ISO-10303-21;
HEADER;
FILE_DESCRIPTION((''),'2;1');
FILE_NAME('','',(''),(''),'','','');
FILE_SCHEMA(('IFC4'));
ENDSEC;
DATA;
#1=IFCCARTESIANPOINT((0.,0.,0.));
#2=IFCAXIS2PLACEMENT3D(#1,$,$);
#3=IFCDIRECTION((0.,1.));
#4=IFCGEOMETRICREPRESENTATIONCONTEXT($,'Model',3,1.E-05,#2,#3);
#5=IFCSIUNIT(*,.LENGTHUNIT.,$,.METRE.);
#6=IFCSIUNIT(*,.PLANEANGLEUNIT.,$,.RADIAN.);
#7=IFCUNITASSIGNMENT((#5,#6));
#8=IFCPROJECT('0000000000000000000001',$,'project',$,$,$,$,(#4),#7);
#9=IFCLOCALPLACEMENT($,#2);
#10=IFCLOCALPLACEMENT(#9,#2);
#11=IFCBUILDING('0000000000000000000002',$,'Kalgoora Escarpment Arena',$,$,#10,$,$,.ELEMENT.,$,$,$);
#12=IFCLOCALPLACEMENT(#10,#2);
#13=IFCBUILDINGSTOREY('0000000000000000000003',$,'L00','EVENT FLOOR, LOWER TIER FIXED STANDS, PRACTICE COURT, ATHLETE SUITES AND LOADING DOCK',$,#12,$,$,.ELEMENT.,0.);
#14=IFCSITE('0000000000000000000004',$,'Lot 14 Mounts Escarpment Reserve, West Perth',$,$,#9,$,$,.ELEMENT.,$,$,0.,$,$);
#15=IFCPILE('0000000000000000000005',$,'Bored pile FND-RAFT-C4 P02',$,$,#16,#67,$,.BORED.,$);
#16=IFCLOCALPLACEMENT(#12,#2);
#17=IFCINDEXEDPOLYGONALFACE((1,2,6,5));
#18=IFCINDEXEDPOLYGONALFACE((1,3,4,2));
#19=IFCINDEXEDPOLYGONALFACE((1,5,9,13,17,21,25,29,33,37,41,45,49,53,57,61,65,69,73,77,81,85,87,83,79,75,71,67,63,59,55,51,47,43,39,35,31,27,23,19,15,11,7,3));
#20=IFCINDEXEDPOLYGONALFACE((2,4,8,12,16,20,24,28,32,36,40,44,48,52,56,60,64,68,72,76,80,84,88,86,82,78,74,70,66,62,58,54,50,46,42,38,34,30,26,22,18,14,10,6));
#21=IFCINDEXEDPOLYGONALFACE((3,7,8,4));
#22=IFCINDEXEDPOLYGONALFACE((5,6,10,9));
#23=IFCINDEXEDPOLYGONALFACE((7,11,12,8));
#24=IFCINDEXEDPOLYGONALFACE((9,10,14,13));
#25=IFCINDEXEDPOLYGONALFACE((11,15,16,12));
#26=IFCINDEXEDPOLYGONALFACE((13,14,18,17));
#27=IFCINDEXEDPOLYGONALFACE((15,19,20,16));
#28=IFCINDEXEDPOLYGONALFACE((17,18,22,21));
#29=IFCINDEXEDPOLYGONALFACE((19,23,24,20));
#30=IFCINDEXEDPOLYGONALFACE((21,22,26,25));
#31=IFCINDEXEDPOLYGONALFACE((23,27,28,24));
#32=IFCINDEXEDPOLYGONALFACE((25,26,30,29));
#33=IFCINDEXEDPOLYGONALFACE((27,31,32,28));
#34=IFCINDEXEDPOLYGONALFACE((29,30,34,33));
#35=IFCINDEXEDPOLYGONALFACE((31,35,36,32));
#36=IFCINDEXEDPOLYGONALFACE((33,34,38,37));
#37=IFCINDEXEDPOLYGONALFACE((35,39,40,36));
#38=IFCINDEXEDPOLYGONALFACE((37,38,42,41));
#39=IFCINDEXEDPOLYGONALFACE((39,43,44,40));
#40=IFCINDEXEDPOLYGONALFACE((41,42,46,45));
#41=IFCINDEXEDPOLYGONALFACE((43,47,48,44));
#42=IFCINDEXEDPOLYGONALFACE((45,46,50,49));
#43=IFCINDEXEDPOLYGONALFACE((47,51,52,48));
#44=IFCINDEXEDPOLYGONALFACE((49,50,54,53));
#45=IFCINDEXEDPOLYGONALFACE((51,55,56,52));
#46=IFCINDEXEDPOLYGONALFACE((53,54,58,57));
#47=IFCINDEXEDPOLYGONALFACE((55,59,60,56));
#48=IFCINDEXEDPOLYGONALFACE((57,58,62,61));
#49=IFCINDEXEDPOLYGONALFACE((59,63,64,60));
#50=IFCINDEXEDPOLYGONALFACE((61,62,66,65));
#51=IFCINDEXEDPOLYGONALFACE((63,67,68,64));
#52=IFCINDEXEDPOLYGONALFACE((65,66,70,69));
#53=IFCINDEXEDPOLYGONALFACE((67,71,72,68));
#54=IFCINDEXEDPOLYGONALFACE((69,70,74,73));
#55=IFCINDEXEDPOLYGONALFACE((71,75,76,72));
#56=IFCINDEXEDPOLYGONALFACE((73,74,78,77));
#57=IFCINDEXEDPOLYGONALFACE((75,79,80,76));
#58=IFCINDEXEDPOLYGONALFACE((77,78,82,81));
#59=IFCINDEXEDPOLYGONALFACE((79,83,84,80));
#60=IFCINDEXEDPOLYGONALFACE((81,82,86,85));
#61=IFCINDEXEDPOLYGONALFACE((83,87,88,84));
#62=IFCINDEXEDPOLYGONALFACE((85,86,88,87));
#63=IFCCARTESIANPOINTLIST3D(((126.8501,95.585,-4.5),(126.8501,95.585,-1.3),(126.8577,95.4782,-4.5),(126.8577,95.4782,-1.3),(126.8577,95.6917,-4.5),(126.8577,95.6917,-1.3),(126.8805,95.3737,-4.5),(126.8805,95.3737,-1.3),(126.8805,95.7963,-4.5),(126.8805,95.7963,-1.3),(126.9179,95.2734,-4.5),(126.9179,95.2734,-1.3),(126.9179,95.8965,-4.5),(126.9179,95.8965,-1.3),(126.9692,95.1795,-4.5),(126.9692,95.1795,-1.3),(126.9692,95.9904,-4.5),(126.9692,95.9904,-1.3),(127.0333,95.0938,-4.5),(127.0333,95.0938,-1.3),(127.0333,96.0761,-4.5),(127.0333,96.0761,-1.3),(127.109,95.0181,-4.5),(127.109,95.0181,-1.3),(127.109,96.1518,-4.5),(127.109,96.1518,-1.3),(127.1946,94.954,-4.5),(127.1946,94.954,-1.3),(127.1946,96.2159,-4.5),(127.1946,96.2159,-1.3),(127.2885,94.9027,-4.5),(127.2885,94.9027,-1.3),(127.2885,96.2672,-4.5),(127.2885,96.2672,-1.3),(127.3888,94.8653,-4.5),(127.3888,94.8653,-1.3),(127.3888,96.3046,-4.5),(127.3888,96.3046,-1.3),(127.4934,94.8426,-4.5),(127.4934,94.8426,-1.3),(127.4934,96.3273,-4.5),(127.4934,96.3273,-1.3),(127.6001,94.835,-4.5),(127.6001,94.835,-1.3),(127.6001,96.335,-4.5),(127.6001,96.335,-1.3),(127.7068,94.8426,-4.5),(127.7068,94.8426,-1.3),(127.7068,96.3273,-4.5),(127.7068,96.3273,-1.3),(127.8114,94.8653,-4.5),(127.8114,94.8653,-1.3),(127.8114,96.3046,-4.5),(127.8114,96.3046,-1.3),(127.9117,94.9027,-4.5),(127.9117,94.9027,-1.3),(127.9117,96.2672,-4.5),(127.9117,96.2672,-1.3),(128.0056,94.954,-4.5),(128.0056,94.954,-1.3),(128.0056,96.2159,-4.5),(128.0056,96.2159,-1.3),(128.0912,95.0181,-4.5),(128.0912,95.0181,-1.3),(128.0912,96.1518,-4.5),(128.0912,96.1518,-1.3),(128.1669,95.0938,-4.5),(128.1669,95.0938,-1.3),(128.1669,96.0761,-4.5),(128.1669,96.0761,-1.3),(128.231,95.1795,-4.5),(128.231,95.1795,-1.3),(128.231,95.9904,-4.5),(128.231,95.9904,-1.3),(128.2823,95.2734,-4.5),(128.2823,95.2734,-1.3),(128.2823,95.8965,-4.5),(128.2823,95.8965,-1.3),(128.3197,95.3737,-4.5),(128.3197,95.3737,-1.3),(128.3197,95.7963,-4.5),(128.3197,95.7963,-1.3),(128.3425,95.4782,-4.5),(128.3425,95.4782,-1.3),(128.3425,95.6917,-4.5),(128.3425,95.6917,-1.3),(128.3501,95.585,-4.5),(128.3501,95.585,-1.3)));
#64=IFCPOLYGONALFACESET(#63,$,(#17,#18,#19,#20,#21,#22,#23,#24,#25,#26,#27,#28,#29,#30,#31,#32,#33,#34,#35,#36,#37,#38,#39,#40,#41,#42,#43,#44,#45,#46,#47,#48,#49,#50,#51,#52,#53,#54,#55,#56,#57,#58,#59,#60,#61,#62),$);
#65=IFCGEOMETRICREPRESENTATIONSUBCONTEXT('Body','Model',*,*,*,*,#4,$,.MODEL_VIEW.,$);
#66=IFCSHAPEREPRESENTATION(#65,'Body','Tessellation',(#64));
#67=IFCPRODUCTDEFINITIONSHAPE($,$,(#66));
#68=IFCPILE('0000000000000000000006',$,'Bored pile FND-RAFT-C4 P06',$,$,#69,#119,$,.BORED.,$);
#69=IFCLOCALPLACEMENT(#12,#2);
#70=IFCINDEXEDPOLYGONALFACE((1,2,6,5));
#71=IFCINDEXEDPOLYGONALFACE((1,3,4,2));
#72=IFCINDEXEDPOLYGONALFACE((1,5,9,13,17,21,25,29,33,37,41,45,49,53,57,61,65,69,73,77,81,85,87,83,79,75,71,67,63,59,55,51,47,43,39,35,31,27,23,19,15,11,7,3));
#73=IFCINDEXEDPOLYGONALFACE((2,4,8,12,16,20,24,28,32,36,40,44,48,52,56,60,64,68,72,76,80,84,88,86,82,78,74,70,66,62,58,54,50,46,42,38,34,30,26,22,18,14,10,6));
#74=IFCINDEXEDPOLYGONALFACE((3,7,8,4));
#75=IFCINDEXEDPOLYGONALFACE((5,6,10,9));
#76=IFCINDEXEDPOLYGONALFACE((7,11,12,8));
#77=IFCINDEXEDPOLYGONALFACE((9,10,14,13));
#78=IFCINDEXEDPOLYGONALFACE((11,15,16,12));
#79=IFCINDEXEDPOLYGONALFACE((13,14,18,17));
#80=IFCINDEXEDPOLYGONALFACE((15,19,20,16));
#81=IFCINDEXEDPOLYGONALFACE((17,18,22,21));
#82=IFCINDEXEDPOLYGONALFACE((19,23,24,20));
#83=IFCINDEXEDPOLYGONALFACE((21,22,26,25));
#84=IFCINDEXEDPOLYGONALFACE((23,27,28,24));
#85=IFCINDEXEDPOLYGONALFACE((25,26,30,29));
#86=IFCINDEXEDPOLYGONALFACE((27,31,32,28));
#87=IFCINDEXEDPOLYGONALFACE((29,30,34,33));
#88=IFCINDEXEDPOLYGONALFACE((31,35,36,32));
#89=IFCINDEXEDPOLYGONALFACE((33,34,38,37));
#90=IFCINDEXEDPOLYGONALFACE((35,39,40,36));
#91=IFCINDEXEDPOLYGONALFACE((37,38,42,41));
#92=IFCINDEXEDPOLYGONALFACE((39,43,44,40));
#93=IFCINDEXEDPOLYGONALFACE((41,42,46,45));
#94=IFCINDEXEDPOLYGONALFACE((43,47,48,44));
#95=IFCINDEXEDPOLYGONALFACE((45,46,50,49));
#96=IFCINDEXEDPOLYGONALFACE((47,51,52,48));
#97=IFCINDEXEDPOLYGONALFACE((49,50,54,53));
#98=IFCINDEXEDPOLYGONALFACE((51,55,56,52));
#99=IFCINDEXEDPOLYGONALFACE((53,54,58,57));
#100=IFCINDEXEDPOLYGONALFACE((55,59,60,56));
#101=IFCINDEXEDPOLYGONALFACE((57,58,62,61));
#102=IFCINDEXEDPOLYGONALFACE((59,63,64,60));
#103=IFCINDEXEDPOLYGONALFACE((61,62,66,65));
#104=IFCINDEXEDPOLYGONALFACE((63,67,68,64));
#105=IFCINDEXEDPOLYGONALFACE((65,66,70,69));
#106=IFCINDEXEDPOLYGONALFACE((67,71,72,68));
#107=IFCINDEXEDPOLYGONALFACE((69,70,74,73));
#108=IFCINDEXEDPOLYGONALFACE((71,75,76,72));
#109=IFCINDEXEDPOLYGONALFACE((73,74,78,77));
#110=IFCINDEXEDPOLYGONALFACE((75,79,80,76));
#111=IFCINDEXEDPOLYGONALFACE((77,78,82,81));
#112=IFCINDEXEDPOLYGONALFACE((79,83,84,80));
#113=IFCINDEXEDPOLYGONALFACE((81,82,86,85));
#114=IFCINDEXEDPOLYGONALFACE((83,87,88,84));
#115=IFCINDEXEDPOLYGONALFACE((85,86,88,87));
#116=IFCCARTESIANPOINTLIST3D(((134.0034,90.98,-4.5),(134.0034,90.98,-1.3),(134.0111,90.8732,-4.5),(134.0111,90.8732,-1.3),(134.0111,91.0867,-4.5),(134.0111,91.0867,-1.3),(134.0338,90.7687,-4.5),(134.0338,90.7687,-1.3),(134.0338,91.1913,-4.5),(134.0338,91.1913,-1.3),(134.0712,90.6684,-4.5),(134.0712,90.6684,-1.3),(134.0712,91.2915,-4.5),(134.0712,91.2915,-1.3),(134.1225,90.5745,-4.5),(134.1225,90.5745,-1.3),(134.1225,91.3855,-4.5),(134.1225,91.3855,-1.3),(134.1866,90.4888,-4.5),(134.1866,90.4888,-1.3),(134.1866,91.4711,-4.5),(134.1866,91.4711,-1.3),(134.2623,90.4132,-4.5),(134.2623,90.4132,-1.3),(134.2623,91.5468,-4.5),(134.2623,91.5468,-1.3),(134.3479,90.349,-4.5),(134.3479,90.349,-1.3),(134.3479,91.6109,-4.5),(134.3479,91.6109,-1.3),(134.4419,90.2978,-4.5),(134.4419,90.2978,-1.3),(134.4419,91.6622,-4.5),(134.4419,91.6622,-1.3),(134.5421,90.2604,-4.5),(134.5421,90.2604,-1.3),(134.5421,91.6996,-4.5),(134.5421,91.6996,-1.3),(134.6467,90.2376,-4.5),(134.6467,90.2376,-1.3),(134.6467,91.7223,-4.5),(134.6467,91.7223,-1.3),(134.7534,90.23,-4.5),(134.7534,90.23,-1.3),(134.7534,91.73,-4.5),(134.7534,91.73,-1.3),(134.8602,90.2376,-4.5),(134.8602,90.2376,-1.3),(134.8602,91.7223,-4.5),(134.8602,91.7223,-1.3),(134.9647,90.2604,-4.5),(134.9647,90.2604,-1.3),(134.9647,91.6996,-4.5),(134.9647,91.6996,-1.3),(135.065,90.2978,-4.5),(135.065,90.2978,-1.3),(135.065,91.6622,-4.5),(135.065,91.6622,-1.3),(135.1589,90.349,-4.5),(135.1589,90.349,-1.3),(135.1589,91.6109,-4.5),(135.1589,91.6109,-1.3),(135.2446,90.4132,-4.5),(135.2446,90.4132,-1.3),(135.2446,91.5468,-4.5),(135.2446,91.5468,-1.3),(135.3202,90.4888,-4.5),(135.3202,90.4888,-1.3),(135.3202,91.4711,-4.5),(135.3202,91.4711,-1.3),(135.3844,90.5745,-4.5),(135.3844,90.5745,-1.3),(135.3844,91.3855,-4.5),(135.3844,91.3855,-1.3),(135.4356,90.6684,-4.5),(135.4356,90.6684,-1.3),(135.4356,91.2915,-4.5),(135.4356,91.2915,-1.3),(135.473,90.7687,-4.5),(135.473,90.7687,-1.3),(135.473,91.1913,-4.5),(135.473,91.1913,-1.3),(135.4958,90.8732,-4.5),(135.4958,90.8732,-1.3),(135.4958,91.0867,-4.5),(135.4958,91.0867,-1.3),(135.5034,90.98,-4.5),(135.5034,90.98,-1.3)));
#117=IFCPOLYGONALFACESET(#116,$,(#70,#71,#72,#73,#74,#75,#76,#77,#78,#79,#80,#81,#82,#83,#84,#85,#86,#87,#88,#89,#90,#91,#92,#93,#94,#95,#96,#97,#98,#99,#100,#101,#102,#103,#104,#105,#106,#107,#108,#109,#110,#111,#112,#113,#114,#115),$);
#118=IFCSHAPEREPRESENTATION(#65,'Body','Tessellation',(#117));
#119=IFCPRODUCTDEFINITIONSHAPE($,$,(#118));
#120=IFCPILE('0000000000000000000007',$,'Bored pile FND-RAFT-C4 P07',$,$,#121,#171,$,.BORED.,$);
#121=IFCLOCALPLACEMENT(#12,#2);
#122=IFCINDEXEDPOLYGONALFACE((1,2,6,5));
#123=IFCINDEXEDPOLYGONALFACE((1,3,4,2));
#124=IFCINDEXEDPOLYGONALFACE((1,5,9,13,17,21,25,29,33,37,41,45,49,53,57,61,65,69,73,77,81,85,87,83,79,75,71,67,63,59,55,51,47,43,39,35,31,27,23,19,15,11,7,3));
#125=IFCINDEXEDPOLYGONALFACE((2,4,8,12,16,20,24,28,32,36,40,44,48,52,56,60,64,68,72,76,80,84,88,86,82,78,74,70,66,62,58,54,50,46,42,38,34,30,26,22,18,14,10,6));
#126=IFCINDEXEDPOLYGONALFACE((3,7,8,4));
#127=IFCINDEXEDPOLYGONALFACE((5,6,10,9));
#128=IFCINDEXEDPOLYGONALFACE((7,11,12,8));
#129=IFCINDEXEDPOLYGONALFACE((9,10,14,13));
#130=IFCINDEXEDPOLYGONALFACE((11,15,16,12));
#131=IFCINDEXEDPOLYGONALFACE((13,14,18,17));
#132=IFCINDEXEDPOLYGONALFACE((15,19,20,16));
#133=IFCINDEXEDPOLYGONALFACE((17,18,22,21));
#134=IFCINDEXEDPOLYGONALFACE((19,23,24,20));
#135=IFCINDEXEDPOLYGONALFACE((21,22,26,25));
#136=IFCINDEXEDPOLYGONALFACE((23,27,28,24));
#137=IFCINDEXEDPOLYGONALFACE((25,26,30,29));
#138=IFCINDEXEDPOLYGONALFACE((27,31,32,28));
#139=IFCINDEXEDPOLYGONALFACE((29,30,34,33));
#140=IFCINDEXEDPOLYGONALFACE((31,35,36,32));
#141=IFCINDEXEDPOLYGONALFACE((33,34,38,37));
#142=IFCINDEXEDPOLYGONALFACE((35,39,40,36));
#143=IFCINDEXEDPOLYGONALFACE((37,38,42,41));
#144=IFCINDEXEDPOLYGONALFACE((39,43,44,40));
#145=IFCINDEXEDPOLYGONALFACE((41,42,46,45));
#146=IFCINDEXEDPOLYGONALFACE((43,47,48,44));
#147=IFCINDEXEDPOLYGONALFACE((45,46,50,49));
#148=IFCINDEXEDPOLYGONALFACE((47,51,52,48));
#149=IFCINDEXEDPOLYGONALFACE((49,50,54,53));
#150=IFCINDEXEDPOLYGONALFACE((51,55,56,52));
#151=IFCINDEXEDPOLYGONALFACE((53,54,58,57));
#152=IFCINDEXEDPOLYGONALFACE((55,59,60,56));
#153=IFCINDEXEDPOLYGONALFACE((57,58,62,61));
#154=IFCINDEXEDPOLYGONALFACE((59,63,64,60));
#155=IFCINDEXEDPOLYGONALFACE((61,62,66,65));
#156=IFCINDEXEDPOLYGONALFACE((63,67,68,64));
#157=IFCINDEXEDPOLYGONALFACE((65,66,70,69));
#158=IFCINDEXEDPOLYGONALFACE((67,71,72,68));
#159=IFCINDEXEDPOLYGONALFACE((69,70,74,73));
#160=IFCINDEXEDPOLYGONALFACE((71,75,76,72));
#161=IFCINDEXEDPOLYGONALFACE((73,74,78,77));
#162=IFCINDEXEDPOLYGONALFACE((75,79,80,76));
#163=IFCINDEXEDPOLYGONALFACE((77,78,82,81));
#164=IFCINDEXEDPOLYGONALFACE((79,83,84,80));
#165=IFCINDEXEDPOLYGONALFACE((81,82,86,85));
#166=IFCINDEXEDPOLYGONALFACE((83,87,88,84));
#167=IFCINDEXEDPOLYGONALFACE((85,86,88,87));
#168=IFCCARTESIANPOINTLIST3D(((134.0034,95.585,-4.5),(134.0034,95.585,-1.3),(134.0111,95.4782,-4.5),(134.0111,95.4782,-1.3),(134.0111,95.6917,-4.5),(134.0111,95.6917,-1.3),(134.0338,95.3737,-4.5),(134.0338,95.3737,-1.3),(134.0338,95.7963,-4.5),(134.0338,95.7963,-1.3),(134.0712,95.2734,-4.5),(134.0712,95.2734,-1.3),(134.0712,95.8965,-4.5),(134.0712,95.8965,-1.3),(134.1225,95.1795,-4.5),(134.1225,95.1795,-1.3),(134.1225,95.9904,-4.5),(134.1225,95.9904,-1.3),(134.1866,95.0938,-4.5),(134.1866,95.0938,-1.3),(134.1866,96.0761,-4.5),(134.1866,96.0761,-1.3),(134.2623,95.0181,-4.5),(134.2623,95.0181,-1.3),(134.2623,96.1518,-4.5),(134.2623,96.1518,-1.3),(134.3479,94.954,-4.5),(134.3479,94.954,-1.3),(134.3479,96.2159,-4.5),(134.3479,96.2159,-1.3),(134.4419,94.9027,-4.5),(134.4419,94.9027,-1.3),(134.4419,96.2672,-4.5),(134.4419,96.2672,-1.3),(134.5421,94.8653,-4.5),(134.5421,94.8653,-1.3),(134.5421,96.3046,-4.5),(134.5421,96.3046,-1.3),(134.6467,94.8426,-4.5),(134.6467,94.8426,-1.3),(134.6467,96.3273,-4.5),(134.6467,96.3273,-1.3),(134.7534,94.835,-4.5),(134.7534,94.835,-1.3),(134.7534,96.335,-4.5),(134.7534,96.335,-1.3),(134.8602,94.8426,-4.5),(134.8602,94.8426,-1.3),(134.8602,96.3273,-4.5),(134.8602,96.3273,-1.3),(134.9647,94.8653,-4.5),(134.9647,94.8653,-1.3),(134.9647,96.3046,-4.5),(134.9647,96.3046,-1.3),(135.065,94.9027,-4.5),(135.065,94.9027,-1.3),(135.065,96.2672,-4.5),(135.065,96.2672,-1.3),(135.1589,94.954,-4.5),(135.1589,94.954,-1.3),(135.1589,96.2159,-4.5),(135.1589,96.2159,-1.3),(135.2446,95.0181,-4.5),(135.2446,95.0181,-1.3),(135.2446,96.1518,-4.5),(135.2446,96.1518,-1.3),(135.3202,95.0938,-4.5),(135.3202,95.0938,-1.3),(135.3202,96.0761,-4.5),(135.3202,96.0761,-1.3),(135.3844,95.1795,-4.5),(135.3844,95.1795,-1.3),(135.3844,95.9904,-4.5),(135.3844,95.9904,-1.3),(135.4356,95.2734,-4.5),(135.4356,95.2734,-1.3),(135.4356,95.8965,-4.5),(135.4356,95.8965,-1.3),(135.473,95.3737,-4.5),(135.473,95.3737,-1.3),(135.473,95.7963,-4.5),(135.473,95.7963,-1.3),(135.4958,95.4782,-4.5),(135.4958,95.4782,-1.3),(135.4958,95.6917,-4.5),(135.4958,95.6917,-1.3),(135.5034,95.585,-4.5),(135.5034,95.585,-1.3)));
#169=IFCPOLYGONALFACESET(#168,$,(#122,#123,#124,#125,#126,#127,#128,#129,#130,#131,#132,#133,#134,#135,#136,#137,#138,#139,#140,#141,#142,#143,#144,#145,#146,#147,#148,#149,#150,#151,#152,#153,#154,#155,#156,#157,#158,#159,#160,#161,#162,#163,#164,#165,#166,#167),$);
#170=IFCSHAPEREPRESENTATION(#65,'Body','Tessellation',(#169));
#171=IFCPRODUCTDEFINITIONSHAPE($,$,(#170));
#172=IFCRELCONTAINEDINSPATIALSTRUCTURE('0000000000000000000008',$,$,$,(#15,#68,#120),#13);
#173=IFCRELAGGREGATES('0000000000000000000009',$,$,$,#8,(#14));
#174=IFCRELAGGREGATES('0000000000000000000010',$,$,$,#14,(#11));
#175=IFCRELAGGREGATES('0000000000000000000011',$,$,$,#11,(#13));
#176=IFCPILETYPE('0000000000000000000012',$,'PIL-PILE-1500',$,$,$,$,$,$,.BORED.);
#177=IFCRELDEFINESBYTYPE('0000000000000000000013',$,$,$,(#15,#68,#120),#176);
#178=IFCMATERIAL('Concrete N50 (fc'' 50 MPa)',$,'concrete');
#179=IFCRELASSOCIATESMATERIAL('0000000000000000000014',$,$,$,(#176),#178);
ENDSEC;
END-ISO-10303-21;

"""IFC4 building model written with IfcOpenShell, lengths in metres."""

from ifc_helpers import new_model, si_unit, direction, frame, origin, origin_2d, place, context, subcontext, project, spatial, circle, extrude, material, material_profile, profile_set, type_object, element, save


model = new_model("IFC4")

# Units and contexts
model_context = context("Model", 3, precision=1e-05, world=origin(), true_north=direction((0.0, 1.0)))
body_context = subcontext(model_context, "Body", "Model", "MODEL_VIEW")
ifc_project = project(units=[si_unit("LENGTHUNIT", "METRE"), si_unit("PLANEANGLEUNIT", "RADIAN")], contexts=[model_context])

# Site, building, storey
site_placement = place(None, origin())
site = spatial("IfcSite", under=ifc_project, at=site_placement, Name="Lot 14 Mounts Escarpment Reserve, West Perth", CompositionType="ELEMENT", RefElevation=0.0)
building_placement = place(site_placement, origin())
building = spatial("IfcBuilding", under=site, at=building_placement, Name="Kalgoora Escarpment Arena", CompositionType="ELEMENT")
storey_placement = place(building_placement, origin())
storey = spatial("IfcBuildingStorey", under=building, at=storey_placement, Name="L00", Description="EVENT FLOOR, LOWER TIER FIXED STANDS, PRACTICE COURT, ATHLETE SUITES AND LOADING DOCK", CompositionType="ELEMENT", Elevation=0.0)

# Piles
ifc_material_1 = material(Name="Concrete N50 (fc' 50 MPa)", Category="concrete")
ifc_material_profile_1 = material_profile(ifc_material_1, circle(Radius=0.75, at=origin_2d()))
ifc_profile_set_1 = profile_set([ifc_material_profile_1], Name="Concrete N50 (fc' 50 MPa)")
pile_type_1 = type_object("IfcPileType", Name="PIL-PILE-1500", PredefinedType="BORED", material=ifc_profile_set_1)
for number, where, z_axis, x_axis, name in (
    (1, (127.6001, 95.585, -1.3), (0.0, 0.0, -1.0), (1.0, 0.0, 0.0), "Bored pile FND-RAFT-C4 P02"),
    (2, (134.7534, 90.98, -1.3), (0.0, 0.0, -1.0), (1.0, 0.0, 0.0), "Bored pile FND-RAFT-C4 P06"),
    (3, (134.7534, 95.585, -1.3), (0.0, 0.0, -1.0), (1.0, 0.0, 0.0), "Bored pile FND-RAFT-C4 P07"),
):
    element("IfcPile", number, at=place(storey_placement, frame(where, z_axis=z_axis, x_axis=x_axis)), inside=storey, type_object=pile_type_1, Name=name, PredefinedType="BORED", context=body_context, shape_type="SweptSolid", body=[
        extrude(circle(Radius=0.75, at=origin_2d()), origin(), (0.0, 0.0, 1.0), 3.2),
    ])

save(model, "model.ifc")
